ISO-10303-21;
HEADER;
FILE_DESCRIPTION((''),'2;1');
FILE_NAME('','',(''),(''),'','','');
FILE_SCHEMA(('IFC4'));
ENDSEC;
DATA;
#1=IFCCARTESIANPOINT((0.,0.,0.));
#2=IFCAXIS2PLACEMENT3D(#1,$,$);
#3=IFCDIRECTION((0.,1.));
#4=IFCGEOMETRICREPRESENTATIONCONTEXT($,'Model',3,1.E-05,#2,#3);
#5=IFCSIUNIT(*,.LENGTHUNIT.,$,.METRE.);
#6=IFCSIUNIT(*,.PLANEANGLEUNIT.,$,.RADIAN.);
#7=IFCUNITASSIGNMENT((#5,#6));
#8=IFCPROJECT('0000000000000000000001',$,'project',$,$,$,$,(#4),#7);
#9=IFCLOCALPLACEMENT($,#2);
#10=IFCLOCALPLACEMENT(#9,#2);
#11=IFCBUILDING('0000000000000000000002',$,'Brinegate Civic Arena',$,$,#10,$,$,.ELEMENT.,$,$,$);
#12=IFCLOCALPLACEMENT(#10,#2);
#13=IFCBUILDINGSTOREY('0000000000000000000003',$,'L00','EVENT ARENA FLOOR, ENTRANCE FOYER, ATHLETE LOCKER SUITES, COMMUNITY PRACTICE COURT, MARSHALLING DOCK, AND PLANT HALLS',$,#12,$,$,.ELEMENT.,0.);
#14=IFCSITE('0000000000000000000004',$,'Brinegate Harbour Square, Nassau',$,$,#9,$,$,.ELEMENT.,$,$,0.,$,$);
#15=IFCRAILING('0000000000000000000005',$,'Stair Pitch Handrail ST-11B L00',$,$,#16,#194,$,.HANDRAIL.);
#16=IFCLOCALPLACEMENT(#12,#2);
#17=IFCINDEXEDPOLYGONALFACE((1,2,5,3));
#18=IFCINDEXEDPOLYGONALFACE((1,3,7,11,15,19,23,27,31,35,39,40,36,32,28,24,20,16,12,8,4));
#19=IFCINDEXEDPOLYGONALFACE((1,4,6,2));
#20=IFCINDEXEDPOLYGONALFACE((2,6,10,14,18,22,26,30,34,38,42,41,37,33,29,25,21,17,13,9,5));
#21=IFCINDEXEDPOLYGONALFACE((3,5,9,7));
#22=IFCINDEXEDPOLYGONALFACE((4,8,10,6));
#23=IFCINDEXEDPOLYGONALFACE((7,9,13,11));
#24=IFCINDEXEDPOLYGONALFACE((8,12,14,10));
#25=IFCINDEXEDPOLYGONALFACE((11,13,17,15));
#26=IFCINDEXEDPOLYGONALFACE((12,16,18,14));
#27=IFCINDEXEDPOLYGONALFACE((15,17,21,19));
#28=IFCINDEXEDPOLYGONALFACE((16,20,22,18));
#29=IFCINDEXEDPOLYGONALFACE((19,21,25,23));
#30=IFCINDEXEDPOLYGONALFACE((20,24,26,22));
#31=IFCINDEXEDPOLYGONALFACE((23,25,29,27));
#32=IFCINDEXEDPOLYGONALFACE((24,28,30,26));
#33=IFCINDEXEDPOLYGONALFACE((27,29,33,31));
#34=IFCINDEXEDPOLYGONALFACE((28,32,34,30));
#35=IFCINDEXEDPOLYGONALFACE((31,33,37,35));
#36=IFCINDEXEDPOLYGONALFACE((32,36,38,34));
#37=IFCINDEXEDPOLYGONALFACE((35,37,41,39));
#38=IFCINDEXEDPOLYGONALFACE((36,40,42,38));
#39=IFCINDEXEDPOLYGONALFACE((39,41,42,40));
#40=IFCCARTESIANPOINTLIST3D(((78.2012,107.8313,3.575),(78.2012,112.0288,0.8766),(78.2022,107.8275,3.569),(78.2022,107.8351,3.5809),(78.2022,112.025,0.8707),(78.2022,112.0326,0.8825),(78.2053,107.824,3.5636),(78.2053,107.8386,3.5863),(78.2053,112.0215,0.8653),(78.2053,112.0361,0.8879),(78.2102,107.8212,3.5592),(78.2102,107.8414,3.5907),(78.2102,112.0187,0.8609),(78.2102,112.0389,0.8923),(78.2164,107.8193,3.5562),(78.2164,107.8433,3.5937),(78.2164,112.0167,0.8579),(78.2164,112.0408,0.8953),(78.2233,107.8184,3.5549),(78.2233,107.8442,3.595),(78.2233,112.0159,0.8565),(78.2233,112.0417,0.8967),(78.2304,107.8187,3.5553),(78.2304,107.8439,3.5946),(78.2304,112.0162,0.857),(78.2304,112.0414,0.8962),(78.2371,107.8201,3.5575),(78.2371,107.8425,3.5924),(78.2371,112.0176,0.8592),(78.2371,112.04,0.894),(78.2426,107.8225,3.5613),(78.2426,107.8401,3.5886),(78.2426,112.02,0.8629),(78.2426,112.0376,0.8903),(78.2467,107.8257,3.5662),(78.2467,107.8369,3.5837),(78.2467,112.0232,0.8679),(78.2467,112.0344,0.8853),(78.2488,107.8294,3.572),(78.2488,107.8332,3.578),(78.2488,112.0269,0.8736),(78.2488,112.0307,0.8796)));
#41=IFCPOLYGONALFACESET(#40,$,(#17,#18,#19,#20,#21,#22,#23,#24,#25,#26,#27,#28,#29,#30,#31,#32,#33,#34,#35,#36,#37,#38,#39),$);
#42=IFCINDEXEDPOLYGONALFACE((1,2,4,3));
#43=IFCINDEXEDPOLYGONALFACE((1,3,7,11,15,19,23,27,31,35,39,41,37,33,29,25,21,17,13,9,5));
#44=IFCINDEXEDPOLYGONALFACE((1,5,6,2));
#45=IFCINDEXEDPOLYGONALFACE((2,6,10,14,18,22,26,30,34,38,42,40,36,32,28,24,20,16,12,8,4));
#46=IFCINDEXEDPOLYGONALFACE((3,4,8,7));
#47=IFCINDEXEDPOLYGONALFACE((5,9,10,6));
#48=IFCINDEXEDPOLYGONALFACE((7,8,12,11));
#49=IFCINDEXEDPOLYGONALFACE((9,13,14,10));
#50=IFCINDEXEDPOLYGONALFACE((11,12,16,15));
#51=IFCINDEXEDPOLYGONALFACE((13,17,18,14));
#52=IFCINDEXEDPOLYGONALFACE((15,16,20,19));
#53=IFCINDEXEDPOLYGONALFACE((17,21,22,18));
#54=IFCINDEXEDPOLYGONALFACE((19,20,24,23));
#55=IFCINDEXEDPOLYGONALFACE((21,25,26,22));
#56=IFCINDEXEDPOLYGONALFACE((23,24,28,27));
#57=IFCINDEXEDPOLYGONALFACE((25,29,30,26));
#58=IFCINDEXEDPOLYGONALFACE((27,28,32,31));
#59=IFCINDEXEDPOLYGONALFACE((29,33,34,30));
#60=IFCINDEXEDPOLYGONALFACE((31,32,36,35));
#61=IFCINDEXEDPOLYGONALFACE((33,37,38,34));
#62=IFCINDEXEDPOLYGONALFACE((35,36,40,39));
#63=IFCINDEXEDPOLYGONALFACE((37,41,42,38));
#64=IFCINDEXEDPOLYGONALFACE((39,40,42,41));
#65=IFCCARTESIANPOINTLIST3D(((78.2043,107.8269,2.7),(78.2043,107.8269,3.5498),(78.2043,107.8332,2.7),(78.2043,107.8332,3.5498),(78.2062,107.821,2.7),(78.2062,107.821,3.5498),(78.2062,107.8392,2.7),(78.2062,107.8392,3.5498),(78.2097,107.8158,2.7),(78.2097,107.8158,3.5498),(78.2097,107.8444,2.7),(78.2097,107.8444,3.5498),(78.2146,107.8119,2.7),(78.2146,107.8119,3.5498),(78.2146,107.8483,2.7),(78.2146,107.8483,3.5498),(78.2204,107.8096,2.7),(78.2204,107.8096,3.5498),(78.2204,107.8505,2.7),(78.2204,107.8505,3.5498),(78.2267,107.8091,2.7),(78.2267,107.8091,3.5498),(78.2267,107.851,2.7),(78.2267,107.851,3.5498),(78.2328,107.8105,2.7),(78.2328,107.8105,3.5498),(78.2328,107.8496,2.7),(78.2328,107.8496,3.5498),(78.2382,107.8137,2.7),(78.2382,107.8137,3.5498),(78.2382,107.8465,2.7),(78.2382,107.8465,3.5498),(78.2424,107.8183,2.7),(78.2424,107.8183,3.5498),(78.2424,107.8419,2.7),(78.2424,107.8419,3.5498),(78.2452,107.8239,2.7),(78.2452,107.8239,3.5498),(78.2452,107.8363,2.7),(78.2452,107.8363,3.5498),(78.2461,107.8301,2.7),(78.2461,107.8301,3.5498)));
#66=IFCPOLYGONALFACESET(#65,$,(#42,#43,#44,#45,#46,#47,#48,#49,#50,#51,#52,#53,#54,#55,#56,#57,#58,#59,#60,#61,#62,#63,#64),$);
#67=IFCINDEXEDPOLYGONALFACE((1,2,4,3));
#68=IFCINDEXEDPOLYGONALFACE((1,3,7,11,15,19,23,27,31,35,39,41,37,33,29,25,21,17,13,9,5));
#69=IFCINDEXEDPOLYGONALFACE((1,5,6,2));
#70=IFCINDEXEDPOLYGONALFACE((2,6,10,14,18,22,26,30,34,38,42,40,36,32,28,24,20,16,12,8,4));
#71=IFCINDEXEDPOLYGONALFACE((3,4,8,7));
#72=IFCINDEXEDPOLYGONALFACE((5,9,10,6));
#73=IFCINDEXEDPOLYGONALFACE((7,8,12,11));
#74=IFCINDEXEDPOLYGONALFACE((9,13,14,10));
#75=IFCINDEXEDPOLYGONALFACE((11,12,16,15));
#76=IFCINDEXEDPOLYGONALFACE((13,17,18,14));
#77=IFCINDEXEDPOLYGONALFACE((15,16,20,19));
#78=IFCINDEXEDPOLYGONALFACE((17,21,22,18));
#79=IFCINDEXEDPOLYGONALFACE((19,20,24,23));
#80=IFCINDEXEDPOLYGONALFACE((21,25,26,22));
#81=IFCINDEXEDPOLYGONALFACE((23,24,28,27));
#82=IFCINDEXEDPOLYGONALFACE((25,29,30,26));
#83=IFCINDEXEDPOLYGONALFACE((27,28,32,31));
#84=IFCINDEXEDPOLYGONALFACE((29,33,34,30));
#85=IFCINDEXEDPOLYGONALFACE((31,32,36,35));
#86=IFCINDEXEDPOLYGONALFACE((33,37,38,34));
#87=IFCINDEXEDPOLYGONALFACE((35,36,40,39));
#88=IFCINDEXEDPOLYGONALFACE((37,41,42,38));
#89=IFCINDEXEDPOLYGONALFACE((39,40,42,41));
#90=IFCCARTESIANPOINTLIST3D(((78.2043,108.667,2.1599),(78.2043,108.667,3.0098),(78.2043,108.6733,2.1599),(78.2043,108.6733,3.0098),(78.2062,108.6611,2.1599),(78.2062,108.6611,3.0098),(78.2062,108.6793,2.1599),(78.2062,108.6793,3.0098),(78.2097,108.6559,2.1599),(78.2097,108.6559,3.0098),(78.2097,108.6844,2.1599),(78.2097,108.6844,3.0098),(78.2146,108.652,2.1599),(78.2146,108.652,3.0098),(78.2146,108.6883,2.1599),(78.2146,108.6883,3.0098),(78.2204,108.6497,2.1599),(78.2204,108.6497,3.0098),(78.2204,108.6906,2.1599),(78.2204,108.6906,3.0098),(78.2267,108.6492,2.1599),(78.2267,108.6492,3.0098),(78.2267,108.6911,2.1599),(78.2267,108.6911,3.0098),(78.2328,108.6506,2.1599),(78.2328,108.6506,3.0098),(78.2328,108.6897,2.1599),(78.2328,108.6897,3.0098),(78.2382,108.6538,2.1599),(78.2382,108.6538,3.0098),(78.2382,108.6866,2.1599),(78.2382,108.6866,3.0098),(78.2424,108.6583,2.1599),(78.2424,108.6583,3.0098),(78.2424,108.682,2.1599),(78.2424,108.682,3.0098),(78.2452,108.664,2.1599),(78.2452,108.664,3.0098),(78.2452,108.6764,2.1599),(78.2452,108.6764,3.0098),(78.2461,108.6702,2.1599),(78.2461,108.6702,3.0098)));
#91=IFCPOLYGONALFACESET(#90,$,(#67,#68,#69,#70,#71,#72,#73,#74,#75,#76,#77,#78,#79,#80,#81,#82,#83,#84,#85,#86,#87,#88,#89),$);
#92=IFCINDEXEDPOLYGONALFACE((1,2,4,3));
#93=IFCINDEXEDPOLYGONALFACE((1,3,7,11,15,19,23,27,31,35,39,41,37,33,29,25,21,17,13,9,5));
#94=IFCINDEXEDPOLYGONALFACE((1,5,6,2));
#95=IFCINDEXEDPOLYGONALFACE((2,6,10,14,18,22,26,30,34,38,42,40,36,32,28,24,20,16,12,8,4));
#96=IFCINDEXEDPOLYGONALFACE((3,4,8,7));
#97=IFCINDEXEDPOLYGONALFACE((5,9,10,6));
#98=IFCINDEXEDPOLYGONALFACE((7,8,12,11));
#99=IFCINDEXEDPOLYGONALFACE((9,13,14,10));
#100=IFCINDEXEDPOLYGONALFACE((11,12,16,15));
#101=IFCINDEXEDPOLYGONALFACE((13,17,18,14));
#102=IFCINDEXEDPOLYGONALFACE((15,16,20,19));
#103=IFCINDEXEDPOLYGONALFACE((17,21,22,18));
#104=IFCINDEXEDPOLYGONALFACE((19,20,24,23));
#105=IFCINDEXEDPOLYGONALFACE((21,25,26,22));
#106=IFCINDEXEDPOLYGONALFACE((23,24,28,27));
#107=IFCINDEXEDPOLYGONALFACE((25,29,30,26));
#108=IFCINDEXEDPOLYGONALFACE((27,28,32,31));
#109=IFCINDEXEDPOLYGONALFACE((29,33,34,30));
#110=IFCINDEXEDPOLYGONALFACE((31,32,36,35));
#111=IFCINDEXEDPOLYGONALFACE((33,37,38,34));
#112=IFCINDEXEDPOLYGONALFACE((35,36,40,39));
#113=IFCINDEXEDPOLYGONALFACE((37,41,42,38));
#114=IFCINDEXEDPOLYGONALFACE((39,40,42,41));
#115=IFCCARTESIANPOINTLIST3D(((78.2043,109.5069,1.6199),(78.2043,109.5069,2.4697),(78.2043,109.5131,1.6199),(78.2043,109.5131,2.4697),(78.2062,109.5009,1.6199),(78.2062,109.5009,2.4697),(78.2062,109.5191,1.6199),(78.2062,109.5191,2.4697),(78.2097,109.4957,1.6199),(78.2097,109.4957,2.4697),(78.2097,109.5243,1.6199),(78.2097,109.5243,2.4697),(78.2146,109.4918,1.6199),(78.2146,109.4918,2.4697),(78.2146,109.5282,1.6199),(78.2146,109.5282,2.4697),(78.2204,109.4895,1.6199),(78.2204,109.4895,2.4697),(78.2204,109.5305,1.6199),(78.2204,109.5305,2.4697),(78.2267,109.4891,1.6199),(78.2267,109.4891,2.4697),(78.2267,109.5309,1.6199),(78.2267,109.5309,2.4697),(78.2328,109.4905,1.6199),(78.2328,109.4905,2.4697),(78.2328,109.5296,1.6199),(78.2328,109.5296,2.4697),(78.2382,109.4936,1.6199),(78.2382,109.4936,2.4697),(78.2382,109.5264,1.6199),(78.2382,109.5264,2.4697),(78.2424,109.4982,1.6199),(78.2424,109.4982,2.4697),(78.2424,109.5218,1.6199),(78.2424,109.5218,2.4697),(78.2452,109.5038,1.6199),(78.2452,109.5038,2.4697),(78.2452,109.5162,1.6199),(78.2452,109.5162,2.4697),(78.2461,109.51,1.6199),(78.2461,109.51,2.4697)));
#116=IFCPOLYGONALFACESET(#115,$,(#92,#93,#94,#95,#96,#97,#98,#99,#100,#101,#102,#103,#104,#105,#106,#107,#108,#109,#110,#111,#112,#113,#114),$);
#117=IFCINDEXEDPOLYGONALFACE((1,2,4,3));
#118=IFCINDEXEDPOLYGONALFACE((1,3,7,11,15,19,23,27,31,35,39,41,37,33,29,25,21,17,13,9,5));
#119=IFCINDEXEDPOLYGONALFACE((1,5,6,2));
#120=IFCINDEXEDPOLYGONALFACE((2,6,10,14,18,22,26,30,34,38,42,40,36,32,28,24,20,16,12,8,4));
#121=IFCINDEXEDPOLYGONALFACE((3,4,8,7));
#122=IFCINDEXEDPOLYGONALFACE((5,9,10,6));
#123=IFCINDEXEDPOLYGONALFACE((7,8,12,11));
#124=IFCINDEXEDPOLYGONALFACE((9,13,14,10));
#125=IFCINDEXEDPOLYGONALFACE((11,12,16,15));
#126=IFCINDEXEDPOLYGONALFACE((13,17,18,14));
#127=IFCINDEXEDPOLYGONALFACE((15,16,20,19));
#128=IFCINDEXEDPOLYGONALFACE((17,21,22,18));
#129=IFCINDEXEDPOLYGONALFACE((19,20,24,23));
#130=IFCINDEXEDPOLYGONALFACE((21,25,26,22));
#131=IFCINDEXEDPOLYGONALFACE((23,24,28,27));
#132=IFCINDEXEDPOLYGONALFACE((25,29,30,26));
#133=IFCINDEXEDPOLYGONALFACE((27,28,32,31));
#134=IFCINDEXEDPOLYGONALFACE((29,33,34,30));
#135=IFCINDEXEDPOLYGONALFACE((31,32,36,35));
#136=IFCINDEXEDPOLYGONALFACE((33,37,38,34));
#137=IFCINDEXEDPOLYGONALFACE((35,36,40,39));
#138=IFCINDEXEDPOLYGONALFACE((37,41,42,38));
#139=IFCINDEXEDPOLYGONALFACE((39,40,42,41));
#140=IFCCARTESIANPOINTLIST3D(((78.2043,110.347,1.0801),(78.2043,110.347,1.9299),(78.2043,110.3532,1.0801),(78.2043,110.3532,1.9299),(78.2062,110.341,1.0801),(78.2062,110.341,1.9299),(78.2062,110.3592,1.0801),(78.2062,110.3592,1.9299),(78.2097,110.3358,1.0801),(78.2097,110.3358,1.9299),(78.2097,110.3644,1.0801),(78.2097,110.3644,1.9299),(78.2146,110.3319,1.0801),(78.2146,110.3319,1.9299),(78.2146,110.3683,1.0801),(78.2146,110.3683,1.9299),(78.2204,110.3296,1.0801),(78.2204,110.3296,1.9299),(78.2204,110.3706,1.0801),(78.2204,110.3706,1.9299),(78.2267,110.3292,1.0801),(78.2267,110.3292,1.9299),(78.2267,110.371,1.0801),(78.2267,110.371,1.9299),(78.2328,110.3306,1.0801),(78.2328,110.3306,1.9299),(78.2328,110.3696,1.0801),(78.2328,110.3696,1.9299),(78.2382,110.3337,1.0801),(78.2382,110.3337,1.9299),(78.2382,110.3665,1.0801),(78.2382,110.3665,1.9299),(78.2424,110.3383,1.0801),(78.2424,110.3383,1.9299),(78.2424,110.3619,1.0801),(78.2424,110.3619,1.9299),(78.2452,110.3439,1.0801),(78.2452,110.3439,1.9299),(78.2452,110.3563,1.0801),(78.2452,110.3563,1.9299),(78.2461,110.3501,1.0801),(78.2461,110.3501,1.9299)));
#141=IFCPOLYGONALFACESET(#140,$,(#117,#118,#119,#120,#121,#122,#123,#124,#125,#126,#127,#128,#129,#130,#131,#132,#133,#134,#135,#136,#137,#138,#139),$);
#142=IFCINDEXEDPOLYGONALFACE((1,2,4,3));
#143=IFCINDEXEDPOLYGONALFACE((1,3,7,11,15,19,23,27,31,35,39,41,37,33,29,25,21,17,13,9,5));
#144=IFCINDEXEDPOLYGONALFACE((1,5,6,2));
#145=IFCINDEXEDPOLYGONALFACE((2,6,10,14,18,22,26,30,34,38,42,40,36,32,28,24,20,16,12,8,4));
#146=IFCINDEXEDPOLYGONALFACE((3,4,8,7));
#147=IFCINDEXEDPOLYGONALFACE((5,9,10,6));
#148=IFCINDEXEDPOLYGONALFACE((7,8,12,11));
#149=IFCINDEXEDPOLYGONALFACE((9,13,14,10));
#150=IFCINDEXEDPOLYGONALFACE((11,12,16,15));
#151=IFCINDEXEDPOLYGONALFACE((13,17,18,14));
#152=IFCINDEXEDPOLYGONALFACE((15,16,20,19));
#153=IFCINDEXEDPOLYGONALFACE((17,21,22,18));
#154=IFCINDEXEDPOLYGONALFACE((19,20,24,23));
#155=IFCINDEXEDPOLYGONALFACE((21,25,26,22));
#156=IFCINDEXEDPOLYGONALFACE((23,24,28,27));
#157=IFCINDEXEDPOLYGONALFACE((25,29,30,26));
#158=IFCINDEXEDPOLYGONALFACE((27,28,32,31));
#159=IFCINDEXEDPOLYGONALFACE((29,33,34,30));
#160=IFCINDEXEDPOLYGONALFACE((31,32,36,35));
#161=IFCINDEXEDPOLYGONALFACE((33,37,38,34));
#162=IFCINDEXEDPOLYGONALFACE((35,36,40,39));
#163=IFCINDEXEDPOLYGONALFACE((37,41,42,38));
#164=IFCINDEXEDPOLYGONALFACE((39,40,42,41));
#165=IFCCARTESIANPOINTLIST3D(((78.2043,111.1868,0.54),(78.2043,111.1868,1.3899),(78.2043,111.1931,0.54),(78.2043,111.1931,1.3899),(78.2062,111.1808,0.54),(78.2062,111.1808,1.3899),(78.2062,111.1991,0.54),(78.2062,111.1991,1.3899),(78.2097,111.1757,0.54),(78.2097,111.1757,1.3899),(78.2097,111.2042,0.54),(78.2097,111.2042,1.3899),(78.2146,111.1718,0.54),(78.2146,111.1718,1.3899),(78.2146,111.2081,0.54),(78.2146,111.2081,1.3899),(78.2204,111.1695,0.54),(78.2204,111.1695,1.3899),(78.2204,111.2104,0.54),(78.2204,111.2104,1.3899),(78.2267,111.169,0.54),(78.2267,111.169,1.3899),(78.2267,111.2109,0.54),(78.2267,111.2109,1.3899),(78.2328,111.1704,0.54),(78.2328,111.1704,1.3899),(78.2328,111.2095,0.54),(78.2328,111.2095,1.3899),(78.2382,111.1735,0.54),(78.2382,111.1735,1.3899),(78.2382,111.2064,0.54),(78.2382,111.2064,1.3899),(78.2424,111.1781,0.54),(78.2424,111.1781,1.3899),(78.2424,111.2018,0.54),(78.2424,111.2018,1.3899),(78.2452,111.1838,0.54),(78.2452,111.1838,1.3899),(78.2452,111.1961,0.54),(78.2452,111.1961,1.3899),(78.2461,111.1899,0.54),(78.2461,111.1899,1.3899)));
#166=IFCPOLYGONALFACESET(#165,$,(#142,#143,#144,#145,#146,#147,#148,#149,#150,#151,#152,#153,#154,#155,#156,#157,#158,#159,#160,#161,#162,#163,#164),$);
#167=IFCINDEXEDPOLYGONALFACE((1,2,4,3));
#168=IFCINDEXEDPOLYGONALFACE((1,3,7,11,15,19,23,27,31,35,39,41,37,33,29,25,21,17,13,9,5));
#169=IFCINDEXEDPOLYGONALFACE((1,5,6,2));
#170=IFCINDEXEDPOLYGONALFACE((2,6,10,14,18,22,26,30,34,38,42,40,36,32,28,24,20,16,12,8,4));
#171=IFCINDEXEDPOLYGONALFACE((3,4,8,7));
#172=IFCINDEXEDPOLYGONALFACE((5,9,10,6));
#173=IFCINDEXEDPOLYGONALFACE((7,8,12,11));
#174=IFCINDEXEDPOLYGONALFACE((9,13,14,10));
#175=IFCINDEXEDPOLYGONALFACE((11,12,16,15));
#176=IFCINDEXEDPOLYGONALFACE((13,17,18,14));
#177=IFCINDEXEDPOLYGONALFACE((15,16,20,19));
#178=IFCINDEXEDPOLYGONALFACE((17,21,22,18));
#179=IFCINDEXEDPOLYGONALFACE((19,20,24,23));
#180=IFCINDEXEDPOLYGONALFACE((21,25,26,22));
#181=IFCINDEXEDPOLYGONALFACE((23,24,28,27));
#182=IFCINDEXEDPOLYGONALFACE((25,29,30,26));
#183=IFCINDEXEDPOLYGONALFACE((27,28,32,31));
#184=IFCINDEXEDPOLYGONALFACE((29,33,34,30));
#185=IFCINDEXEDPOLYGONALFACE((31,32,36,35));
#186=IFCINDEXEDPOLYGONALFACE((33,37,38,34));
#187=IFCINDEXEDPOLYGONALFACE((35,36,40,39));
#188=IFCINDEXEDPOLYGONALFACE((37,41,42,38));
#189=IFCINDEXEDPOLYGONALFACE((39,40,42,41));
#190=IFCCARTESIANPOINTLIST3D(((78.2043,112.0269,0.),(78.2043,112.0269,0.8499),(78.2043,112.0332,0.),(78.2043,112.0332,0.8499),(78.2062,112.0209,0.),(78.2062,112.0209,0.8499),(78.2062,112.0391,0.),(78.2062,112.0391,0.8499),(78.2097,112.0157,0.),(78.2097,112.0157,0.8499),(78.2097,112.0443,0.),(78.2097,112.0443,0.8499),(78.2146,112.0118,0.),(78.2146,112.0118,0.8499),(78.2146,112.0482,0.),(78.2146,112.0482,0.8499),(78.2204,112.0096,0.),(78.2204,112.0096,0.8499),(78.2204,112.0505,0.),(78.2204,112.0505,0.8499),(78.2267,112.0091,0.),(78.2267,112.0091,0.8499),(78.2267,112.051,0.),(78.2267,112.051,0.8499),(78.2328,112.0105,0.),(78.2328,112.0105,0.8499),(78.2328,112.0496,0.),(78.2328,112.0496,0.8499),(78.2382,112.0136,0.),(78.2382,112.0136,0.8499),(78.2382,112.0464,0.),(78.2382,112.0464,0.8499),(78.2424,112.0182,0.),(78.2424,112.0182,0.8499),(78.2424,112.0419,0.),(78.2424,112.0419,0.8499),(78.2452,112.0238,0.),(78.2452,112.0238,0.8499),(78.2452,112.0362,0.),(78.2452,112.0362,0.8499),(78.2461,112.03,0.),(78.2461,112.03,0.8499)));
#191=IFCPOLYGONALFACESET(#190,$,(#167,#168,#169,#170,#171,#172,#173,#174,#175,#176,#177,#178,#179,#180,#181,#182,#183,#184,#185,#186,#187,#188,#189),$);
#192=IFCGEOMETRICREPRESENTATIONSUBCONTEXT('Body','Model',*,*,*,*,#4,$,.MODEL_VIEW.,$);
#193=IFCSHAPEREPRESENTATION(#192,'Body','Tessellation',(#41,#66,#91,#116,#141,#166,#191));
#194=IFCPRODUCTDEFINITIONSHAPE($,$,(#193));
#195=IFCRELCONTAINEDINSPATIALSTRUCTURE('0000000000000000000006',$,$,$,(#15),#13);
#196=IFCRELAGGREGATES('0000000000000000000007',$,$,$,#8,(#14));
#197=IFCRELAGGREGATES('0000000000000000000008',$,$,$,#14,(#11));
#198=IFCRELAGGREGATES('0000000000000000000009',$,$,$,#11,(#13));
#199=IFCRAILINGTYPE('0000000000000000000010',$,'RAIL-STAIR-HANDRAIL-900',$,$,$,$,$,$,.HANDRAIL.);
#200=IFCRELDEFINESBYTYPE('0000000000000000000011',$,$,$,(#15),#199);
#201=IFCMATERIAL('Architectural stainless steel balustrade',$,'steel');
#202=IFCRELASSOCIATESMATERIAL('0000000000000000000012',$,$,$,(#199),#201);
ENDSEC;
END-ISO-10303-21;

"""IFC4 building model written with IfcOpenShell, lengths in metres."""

from ifc_helpers import new_model, si_unit, direction, frame, origin, origin_2d, place, context, subcontext, project, spatial, circle, extrude, material, type_object, element, save


model = new_model("IFC4")

# Units and contexts
model_context = context("Model", 3, precision=1e-05, world=origin(), true_north=direction((0.0, 1.0)))
body_context = subcontext(model_context, "Body", "Model", "MODEL_VIEW")
ifc_project = project(units=[si_unit("LENGTHUNIT", "METRE"), si_unit("PLANEANGLEUNIT", "RADIAN")], contexts=[model_context])

# Site, building, storey
site_placement = place(None, origin())
site = spatial("IfcSite", under=ifc_project, at=site_placement, Name="Brinegate Harbour Square, Nassau", CompositionType="ELEMENT", RefElevation=0.0)
building_placement = place(site_placement, origin())
building = spatial("IfcBuilding", under=site, at=building_placement, Name="Brinegate Civic Arena", CompositionType="ELEMENT")
storey_placement = place(building_placement, origin())
storey = spatial("IfcBuildingStorey", under=building, at=storey_placement, Name="L00", Description="EVENT ARENA FLOOR, ENTRANCE FOYER, ATHLETE LOCKER SUITES, COMMUNITY PRACTICE COURT, MARSHALLING DOCK, AND PLANT HALLS", CompositionType="ELEMENT", Elevation=0.0)

# Railing
ifc_material_1 = material(Name="Architectural stainless steel balustrade", Category="steel")
railing_type = type_object("IfcRailingType", Name="RAIL-STAIR-HANDRAIL-900", PredefinedType="HANDRAIL", material=ifc_material_1)
railing_placement = place(storey_placement, frame((78.2251, 107.8301, 2.7)))
element("IfcRailing", 1, at=railing_placement, inside=storey, type_object=railing_type, Name="Stair Pitch Handrail ST-11B L00", PredefinedType="HANDRAIL", context=body_context, shape_type="SweptSolid", body=[
    extrude(circle(Radius=0.0239, at=origin_2d()), frame((0.0, 0.0012, 0.875), z_axis=(0.0, 0.84118, -0.540755), x_axis=(-1.0, 0.0, 0.0)), (0.0, 0.0, 1.0), 4.99),
    extrude(circle(Radius=0.021, at=origin_2d()), origin(), (0.0, 0.0, 1.0), 0.8499),
    extrude(circle(Radius=0.021, at=origin_2d()), frame((0.0, 0.8401, -0.54)), (0.0, 0.0, 1.0), 0.8499),
    extrude(circle(Radius=0.021, at=origin_2d()), frame((0.0, 1.6799, -1.0801)), (0.0, 0.0, 1.0), 0.8499),
    extrude(circle(Radius=0.021, at=origin_2d()), frame((0.0, 2.52, -1.6199)), (0.0, 0.0, 1.0), 0.8499),
    extrude(circle(Radius=0.021, at=origin_2d()), frame((0.0, 3.3599, -2.1599)), (0.0, 0.0, 1.0), 0.8499),
    extrude(circle(Radius=0.021, at=origin_2d()), frame((0.0, 4.2, -2.7)), (0.0, 0.0, 1.0), 0.8499),
])

save(model, "model.ifc")
